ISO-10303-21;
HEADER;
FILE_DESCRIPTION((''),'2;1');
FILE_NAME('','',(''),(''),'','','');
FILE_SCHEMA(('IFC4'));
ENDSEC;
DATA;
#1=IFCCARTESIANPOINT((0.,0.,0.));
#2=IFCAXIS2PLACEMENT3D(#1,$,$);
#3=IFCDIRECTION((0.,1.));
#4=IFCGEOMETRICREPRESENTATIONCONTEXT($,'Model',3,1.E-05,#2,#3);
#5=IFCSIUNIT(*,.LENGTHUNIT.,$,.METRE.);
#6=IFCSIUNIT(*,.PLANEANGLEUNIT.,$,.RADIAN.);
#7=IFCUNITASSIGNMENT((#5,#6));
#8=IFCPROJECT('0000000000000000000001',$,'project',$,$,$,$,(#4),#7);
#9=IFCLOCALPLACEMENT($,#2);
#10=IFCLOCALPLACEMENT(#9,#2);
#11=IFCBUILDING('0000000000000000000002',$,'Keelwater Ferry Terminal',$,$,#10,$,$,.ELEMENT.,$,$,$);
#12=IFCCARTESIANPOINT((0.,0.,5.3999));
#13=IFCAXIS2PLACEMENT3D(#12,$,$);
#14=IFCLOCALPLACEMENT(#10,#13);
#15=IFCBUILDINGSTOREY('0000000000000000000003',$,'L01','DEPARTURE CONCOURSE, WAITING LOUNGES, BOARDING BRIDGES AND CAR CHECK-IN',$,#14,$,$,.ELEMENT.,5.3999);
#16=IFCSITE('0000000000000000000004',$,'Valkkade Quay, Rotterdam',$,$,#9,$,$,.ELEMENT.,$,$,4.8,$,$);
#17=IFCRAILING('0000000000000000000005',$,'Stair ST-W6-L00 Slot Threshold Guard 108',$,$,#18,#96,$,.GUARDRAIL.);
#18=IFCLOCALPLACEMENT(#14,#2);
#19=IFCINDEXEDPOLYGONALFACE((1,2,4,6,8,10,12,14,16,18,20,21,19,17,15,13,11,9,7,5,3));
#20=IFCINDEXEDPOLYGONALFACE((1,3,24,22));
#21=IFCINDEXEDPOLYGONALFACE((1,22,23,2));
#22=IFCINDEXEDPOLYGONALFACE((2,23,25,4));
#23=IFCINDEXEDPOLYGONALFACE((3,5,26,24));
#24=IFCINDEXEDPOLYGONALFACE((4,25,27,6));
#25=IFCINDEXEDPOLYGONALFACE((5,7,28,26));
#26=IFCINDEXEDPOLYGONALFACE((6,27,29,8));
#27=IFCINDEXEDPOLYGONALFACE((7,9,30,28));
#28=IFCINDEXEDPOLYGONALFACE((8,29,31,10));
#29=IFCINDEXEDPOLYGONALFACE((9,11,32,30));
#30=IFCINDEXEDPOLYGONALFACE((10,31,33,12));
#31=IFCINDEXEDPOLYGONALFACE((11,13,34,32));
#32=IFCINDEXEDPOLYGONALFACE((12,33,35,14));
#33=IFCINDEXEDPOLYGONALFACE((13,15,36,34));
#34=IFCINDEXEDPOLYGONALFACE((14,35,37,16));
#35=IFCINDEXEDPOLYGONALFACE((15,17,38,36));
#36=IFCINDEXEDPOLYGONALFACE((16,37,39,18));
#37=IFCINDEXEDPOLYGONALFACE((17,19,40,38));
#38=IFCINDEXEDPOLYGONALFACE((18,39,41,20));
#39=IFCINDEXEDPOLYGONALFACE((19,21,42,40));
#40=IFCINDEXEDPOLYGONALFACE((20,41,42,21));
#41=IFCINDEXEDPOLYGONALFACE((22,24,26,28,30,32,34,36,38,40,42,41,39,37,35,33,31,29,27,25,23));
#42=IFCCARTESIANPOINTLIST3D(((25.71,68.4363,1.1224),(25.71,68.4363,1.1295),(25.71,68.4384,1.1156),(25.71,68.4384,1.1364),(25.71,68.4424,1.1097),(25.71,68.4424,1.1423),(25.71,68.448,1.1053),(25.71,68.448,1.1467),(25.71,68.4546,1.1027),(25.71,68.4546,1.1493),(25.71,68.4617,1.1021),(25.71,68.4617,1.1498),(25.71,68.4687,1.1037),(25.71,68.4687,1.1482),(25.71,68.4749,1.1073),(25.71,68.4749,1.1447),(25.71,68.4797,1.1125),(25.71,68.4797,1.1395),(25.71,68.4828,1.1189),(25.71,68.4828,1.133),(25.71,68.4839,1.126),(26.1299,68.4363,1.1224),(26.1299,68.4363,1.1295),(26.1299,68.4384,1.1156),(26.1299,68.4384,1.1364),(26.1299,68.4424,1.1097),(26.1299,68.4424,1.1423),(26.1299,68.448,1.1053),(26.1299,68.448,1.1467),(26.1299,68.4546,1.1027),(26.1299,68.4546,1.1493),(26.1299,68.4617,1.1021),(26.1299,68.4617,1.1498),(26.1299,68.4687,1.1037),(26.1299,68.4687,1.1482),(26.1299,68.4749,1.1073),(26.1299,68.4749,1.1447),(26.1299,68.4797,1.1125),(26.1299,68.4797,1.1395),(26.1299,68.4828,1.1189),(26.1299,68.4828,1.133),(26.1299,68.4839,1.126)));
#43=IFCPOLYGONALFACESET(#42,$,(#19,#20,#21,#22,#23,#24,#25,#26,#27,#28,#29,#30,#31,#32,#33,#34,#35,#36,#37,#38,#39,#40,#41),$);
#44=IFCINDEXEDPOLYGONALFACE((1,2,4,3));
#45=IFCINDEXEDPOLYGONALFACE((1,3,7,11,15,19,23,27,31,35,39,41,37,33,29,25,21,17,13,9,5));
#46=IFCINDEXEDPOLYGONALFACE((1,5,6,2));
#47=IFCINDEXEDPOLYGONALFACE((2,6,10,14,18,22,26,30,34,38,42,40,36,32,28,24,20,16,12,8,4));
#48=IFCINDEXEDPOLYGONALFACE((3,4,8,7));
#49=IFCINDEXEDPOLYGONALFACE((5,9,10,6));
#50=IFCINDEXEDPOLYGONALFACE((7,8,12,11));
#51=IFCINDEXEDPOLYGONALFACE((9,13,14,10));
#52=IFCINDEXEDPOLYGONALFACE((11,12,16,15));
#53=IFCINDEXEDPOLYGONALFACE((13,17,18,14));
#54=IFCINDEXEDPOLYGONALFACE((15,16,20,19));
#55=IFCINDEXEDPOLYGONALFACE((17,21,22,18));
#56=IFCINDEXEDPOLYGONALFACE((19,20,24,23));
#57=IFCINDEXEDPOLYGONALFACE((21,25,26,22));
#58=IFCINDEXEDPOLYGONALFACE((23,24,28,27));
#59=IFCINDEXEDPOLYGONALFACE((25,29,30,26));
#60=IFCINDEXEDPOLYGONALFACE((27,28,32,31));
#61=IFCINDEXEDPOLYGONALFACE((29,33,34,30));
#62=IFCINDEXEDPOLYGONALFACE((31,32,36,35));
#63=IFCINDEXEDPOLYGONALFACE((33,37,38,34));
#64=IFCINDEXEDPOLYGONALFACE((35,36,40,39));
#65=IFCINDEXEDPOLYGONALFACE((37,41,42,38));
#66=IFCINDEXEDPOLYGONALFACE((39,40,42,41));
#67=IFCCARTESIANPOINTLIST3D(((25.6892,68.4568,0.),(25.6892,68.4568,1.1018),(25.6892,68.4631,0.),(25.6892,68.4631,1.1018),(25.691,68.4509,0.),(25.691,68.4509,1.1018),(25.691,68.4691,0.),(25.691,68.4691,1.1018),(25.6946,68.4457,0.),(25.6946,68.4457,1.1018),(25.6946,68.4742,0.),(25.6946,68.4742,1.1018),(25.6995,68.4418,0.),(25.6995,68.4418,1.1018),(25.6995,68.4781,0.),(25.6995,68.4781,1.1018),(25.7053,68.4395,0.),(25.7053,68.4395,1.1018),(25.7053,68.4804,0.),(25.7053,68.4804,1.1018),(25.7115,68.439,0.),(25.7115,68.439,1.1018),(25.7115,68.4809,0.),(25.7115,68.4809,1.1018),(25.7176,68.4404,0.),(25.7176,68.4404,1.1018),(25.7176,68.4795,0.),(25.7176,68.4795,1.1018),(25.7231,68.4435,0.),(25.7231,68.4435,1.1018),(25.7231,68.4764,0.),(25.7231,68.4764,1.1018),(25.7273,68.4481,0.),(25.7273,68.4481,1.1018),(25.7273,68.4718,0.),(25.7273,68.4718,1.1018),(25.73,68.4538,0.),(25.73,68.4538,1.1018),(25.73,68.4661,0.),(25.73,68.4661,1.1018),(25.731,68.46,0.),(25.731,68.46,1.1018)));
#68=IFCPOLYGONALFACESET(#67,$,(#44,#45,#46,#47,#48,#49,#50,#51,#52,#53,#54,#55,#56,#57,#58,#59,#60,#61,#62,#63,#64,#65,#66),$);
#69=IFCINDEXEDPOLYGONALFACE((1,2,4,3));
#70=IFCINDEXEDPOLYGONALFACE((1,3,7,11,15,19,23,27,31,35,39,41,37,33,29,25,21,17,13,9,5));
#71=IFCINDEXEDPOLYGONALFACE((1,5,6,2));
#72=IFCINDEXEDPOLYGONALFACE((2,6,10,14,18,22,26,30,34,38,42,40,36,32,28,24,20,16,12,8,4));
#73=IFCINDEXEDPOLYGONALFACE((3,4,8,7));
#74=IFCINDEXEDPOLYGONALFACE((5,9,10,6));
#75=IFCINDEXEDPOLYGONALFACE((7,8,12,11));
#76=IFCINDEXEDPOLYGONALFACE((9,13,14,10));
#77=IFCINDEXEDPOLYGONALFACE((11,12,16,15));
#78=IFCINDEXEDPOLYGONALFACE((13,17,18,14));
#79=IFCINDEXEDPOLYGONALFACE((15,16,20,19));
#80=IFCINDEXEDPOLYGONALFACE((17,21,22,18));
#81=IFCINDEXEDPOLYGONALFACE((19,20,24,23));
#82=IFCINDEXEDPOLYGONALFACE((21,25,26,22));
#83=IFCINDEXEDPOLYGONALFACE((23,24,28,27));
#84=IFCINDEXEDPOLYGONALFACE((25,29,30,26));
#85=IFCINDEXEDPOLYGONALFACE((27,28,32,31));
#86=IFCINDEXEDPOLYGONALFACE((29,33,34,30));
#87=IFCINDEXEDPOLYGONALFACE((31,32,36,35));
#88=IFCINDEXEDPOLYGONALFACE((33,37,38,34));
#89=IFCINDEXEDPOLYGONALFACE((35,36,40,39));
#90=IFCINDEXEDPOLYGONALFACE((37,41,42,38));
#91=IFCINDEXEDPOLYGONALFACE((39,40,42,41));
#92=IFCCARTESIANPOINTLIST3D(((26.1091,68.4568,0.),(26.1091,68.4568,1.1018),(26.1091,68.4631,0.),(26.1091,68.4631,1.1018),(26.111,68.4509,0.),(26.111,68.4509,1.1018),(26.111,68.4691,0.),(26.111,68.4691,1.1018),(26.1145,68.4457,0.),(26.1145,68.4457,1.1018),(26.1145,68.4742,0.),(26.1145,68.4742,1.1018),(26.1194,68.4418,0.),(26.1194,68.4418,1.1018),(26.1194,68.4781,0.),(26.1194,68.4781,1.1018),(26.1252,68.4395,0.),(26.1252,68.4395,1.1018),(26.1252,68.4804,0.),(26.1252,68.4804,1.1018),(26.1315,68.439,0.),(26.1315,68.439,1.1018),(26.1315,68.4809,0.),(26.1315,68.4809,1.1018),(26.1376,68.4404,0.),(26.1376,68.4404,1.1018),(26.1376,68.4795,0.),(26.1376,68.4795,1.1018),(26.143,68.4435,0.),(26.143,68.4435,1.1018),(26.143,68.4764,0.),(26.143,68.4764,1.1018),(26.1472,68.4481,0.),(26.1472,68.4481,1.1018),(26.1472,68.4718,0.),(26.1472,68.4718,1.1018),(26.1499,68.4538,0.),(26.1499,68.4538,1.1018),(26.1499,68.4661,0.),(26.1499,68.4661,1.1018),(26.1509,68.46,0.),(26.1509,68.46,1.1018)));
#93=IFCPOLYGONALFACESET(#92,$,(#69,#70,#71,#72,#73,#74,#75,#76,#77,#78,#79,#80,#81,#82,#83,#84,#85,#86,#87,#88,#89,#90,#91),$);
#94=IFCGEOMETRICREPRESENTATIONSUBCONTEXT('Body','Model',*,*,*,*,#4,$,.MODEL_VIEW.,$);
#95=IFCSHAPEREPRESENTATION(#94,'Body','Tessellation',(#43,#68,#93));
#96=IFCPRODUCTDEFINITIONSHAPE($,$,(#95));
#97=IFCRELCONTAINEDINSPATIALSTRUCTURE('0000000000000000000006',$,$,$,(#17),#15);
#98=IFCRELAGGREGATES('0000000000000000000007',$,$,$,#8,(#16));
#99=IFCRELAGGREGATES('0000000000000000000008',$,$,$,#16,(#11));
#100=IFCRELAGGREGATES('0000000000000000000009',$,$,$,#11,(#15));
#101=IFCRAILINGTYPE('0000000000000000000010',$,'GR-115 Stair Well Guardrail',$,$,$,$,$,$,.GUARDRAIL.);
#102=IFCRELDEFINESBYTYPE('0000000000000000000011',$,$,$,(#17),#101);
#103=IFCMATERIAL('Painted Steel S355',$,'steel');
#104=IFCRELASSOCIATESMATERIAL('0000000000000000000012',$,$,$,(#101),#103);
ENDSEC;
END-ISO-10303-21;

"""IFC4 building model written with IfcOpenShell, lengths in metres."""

from ifc_helpers import new_model, si_unit, direction, frame, origin, origin_2d, place, context, subcontext, project, spatial, circle, extrude, material, type_object, element, save


model = new_model("IFC4")

# Units and contexts
model_context = context("Model", 3, precision=1e-05, world=origin(), true_north=direction((0.0, 1.0)))
body_context = subcontext(model_context, "Body", "Model", "MODEL_VIEW")
ifc_project = project(units=[si_unit("LENGTHUNIT", "METRE"), si_unit("PLANEANGLEUNIT", "RADIAN")], contexts=[model_context])

# Site, building, storey
site_placement = place(None, origin())
site = spatial("IfcSite", under=ifc_project, at=site_placement, Name="Valkkade Quay, Rotterdam", CompositionType="ELEMENT", RefElevation=4.8)
building_placement = place(site_placement, origin())
building = spatial("IfcBuilding", under=site, at=building_placement, Name="Keelwater Ferry Terminal", CompositionType="ELEMENT")
storey_placement = place(building_placement, frame((0.0, 0.0, 5.3999)))
storey = spatial("IfcBuildingStorey", under=building, at=storey_placement, Name="L01", Description="DEPARTURE CONCOURSE, WAITING LOUNGES, BOARDING BRIDGES AND CAR CHECK-IN", CompositionType="ELEMENT", Elevation=5.3999)

# Railing
ifc_material_1 = material(Name="Painted Steel S355", Category="steel")
railing_type_1 = type_object("IfcRailingType", Name="GR-115 Stair Well Guardrail", PredefinedType="GUARDRAIL", material=ifc_material_1)
railing_1_placement = place(storey_placement, frame((25.71, 68.46, 0.0)))
element("IfcRailing", 1, at=railing_1_placement, inside=storey, type_object=railing_type_1, Name="Stair ST-W6-L00 Slot Threshold Guard 108", PredefinedType="GUARDRAIL", context=body_context, shape_type="SweptSolid", body=[
    extrude(circle(Radius=0.0239, at=origin_2d()), frame((0.0, 0.0, 1.126), z_axis=(1.0, 0.0, 0.0), x_axis=(0.0, 1.0, 0.0)), (0.0, 0.0, 1.0), 0.4199),
    extrude(circle(Radius=0.021, at=origin_2d()), origin(), (0.0, 0.0, 1.0), 1.1018),
    extrude(circle(Radius=0.021, at=origin_2d()), frame((0.4199, 0.0, 0.0)), (0.0, 0.0, 1.0), 1.1018),
])

save(model, "model.ifc")
